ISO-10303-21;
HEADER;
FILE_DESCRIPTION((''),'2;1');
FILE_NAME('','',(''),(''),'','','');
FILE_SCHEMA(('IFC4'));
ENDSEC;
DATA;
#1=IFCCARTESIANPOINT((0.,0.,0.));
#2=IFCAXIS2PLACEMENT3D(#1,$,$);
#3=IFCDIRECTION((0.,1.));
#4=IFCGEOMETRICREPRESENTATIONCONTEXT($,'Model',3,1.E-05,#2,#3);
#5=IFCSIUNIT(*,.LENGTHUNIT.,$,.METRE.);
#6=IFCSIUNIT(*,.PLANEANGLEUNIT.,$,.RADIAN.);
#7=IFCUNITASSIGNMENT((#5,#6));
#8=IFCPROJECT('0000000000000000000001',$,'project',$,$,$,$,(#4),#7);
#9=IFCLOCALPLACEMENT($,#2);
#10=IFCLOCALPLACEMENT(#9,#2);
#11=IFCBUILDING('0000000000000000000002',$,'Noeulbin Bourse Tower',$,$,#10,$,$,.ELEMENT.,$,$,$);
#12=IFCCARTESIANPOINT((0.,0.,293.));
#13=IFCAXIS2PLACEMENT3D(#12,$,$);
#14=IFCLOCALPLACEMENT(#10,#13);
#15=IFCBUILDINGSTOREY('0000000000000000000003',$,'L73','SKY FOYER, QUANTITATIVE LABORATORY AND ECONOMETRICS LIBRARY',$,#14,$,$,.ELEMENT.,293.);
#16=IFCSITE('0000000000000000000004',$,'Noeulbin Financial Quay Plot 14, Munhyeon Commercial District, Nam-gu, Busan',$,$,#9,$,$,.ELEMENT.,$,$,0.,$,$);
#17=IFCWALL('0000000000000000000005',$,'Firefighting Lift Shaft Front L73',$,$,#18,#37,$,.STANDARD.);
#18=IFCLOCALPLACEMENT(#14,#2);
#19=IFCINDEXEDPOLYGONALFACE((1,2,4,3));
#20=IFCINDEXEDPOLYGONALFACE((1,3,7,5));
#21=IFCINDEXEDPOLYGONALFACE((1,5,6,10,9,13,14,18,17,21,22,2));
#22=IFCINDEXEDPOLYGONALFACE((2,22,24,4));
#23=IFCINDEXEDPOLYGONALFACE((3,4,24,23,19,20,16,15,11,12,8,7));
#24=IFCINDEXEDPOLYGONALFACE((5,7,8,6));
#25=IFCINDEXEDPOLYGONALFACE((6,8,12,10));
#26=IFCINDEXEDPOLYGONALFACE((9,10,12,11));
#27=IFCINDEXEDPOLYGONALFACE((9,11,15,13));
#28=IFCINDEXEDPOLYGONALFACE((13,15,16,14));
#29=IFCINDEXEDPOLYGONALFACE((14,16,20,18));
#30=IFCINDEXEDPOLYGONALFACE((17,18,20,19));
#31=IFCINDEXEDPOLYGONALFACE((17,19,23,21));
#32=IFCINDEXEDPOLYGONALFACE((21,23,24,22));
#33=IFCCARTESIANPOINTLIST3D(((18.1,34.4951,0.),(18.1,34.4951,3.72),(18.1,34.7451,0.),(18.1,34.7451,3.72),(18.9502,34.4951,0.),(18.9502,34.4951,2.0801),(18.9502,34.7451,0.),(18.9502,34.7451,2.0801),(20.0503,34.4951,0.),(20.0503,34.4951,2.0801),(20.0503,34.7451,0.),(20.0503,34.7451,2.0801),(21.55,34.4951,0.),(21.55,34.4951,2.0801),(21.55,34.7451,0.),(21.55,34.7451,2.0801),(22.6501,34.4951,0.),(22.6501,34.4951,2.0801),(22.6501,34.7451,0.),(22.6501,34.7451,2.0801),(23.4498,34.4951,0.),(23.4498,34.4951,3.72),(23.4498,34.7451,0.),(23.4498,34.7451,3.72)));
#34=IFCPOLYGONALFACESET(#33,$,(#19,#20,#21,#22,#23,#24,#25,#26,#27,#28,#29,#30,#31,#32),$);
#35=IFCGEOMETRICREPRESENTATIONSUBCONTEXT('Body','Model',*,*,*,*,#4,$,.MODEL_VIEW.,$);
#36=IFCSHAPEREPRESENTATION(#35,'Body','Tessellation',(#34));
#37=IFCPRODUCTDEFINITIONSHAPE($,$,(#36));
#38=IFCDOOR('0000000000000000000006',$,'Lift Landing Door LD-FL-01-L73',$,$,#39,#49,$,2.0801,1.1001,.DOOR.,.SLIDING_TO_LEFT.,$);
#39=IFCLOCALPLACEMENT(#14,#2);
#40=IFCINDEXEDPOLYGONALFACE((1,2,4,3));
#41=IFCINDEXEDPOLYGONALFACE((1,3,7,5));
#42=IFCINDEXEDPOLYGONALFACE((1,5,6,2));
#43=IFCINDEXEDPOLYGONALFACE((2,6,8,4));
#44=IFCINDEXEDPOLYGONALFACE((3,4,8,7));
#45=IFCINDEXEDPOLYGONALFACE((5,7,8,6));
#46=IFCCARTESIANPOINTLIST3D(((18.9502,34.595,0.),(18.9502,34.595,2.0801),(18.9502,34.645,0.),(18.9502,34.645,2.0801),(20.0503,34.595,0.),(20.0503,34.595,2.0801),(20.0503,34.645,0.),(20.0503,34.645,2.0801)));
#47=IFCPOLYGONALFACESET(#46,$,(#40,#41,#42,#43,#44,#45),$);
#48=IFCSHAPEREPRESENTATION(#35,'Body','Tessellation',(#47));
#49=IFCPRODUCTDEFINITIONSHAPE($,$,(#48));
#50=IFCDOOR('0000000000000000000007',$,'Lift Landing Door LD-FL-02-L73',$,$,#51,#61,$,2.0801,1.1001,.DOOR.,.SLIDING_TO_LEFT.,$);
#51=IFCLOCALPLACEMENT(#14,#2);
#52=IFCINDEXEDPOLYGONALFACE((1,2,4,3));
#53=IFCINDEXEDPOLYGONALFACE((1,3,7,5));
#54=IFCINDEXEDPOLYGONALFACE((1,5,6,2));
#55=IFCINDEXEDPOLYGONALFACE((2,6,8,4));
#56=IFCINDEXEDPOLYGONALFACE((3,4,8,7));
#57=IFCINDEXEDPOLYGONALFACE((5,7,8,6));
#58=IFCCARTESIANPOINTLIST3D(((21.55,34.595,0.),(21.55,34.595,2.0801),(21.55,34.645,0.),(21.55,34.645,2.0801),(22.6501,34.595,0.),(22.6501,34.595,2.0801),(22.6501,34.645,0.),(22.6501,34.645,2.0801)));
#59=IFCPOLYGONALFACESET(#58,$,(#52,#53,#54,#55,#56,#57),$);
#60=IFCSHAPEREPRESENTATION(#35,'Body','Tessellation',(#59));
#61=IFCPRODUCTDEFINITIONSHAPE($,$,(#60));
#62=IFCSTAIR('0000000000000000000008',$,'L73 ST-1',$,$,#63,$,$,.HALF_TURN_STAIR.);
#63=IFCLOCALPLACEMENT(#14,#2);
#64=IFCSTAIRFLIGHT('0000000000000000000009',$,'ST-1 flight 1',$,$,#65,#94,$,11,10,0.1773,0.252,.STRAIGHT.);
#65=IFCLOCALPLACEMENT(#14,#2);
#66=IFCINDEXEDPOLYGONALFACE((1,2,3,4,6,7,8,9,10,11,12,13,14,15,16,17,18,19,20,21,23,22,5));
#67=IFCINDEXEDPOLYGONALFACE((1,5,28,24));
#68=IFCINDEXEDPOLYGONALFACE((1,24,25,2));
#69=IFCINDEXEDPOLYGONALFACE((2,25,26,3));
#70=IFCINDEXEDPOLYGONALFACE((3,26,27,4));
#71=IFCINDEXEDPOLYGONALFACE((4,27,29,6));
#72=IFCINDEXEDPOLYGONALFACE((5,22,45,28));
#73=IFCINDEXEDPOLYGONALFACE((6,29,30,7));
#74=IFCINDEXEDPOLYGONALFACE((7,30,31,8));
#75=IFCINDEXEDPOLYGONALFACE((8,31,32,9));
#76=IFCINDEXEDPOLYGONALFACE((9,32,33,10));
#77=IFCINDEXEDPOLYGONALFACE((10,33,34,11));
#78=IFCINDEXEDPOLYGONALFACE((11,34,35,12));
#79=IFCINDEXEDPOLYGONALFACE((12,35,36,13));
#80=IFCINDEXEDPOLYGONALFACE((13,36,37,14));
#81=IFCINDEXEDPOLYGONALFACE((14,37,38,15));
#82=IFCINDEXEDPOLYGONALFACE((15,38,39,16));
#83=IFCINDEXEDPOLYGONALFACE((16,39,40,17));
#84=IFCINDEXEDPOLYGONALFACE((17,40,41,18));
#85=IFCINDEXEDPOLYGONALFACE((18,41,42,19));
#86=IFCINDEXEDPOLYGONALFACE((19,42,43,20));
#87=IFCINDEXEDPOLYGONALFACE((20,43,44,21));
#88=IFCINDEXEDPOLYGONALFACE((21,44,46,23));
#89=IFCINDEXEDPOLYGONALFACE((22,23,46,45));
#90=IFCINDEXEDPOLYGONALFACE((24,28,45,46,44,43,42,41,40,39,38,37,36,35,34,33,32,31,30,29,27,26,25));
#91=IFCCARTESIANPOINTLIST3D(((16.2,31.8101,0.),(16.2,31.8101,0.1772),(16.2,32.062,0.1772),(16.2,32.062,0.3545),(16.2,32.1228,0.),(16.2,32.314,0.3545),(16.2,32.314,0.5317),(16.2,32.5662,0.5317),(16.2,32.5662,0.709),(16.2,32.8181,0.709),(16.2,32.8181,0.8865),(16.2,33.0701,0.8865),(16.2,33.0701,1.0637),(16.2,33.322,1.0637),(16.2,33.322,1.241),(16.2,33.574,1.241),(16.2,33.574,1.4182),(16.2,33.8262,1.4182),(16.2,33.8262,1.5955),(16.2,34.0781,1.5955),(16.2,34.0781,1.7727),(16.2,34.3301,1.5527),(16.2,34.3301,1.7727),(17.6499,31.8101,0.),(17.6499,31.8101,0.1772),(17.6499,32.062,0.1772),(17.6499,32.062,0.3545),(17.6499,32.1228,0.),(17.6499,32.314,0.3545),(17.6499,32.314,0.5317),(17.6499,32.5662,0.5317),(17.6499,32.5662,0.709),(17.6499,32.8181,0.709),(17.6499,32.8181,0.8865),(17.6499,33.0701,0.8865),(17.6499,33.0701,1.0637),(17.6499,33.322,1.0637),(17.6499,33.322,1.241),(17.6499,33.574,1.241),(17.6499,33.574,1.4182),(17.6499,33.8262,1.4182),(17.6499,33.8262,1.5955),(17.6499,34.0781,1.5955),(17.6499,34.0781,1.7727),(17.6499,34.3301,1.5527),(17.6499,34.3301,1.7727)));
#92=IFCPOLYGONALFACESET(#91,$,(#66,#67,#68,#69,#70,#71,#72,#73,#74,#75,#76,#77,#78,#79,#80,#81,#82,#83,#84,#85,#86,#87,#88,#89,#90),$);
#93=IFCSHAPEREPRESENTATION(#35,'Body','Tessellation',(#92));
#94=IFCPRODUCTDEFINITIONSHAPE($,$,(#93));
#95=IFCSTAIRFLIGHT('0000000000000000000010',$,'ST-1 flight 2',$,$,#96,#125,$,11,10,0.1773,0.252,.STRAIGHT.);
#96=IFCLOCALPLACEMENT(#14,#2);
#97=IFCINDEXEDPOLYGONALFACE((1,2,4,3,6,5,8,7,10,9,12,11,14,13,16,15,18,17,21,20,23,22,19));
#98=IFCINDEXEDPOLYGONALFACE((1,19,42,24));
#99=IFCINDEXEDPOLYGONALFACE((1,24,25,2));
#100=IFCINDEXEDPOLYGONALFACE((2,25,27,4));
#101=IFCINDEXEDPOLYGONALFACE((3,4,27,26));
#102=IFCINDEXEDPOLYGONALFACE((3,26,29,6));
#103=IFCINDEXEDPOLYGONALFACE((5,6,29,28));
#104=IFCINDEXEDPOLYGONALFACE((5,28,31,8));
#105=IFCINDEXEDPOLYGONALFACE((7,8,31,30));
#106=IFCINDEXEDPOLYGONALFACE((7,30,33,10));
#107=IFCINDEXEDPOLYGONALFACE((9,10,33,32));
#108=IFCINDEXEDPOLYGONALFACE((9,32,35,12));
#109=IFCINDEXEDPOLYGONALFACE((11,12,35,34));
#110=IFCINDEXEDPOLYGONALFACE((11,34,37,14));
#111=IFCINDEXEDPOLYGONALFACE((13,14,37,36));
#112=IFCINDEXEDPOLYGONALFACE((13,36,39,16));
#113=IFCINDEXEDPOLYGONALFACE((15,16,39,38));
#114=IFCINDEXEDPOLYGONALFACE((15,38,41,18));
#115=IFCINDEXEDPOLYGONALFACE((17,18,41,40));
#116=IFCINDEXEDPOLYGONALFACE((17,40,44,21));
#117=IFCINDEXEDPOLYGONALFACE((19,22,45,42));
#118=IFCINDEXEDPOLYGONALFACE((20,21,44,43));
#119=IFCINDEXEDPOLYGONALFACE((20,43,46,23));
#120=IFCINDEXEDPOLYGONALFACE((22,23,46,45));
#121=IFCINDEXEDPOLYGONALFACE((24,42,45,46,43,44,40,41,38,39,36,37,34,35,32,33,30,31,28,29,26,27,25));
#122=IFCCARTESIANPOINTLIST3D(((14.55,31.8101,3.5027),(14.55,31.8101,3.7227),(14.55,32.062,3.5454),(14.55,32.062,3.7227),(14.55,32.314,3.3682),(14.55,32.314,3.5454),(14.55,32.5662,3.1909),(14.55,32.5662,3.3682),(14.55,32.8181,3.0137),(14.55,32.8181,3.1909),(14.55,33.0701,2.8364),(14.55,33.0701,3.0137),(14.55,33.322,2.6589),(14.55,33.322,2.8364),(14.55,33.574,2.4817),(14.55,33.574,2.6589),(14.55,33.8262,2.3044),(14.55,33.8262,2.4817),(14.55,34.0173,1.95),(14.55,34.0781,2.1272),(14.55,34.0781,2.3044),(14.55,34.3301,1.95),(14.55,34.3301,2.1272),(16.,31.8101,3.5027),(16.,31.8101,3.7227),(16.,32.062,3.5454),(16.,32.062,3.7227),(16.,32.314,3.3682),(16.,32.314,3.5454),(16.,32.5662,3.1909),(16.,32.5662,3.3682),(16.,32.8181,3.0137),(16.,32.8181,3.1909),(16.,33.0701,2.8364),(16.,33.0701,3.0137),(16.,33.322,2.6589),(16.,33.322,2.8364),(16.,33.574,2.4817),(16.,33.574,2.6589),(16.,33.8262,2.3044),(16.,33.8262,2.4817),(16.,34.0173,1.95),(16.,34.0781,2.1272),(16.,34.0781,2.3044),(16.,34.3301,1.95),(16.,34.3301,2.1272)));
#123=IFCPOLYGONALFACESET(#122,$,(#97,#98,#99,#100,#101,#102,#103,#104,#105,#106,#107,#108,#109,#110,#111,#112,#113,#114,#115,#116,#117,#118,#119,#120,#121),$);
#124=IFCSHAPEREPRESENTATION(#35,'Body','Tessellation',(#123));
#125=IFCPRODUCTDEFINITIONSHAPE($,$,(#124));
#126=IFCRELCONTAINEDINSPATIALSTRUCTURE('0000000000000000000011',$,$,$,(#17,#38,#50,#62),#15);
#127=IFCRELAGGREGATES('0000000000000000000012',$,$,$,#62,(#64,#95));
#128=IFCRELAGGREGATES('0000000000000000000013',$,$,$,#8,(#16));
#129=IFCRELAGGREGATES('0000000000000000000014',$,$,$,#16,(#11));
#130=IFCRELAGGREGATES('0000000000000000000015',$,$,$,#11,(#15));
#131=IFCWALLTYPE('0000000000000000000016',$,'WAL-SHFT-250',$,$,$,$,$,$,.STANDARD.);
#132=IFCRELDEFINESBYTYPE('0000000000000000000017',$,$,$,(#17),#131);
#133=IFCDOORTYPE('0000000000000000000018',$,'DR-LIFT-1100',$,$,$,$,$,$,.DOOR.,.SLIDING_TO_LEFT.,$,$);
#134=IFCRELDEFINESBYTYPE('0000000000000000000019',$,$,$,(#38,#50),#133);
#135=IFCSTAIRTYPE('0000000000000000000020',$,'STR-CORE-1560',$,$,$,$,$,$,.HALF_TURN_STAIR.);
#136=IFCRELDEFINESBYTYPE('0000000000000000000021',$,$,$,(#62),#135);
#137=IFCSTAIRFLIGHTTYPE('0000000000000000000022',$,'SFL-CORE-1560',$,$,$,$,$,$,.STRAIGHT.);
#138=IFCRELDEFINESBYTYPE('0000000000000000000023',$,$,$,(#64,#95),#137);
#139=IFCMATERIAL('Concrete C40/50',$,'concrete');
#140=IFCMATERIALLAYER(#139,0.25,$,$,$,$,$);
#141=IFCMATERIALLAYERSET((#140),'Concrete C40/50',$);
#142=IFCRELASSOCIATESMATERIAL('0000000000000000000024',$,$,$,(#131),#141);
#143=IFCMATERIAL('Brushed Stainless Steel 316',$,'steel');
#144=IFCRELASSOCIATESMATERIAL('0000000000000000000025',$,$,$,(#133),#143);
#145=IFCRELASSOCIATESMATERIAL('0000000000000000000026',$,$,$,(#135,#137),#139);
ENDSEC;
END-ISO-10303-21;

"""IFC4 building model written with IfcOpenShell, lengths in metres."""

from ifc_helpers import new_model, si_unit, direction, frame, frame_2d, origin, place, context, subcontext, project, spatial, polyline, rectangle, outline, extrude, material, layer, layer_set, type_object, element, fill, aggregate, save


model = new_model("IFC4")

# Units and contexts
model_context = context("Model", 3, precision=1e-05, world=origin(), true_north=direction((0.0, 1.0)))
body_context = subcontext(model_context, "Body", "Model", "MODEL_VIEW")
ifc_project = project(units=[si_unit("LENGTHUNIT", "METRE"), si_unit("PLANEANGLEUNIT", "RADIAN")], contexts=[model_context])

# Site, building, storey
site_placement = place(None, origin())
site = spatial("IfcSite", under=ifc_project, at=site_placement, Name="Noeulbin Financial Quay Plot 14, Munhyeon Commercial District, Nam-gu, Busan", CompositionType="ELEMENT", RefElevation=0.0)
building_placement = place(site_placement, origin())
building = spatial("IfcBuilding", under=site, at=building_placement, Name="Noeulbin Bourse Tower", CompositionType="ELEMENT")
storey_placement = place(building_placement, frame((0.0, 0.0, 293.0)))
storey = spatial("IfcBuildingStorey", under=building, at=storey_placement, Name="L73", Description="SKY FOYER, QUANTITATIVE LABORATORY AND ECONOMETRICS LIBRARY", CompositionType="ELEMENT", Elevation=293.0)

# Shared definitions
ifc_material_1 = material(Name="Concrete C40/50", Category="concrete")

# Shared definitions
ifc_layer_1 = layer(ifc_material_1, 0.25)
ifc_layer_set_1 = layer_set([ifc_layer_1], Name="Concrete C40/50")
wall_type_1 = type_object("IfcWallType", Name="WAL-SHFT-250", PredefinedType="STANDARD", material=ifc_layer_set_1)

# Wall, openings, doors
wall_1_placement = place(storey_placement, frame((18.1001, 34.6201, 0.0), z_axis=(0.0, 0.0, 1.0), x_axis=(1.0, 0.0, 0.0)))
wall_1 = element("IfcWall", 1, at=wall_1_placement, inside=storey, type_object=wall_type_1, Name="Firefighting Lift Shaft Front L73", PredefinedType="STANDARD", context=body_context, shape_type="SweptSolid", body=[
    extrude(rectangle(XDim=5.3499, YDim=0.25, at=frame_2d((2.6748, 0.0))), origin(), (0.0, 0.0, 1.0), 3.72),
])
opening_1_placement = place(wall_1_placement, frame((0.8501, 0.0, 0.0)))
opening_1 = element("IfcOpeningElement", 2, at=opening_1_placement, cuts=wall_1, PredefinedType="OPENING", context=body_context, shape_type="SweptSolid", body=[
    extrude(rectangle(XDim=1.1001, YDim=2.0801, at=frame_2d((0.55, 1.04))), frame((0.0, 0.135, 0.0), z_axis=(0.0, -1.0, 0.0), x_axis=(1.0, 0.0, 0.0)), (0.0, 0.0, 1.0), 0.27),
])
opening_2_placement = place(wall_1_placement, frame((3.45, 0.0, 0.0)))
opening_2 = element("IfcOpeningElement", 3, at=opening_2_placement, cuts=wall_1, PredefinedType="OPENING", context=body_context, shape_type="SweptSolid", body=[
    extrude(rectangle(XDim=1.1001, YDim=2.0801, at=frame_2d((0.55, 1.04))), frame((0.0, 0.135, 0.0), z_axis=(0.0, -1.0, 0.0), x_axis=(1.0, 0.0, 0.0)), (0.0, 0.0, 1.0), 0.27),
])
ifc_material_2 = material(Name="Brushed Stainless Steel 316", Category="steel")
door_type_1 = type_object("IfcDoorType", Name="DR-LIFT-1100", OperationType="SLIDING_TO_LEFT", PredefinedType="DOOR", material=ifc_material_2)
door_1_placement = place(opening_1_placement, origin())
door_1 = element("IfcDoor", 4, at=door_1_placement, inside=storey, type_object=door_type_1, Name="Lift Landing Door LD-FL-01-L73", OperationType="SLIDING_TO_LEFT", OverallHeight=2.0801, OverallWidth=1.1001, PredefinedType="DOOR", context=body_context, shape_type="SweptSolid", body=[
    extrude(rectangle(XDim=1.1001, YDim=2.0801, at=frame_2d((0.55, 1.04))), frame((0.0, 0.0249, 0.0), z_axis=(0.0, -1.0, 0.0), x_axis=(1.0, 0.0, 0.0)), (0.0, 0.0, 1.0), 0.05),
])
fill(opening_1, door_1)
door_2_placement = place(opening_2_placement, origin())
door_2 = element("IfcDoor", 5, at=door_2_placement, inside=storey, type_object=door_type_1, Name="Lift Landing Door LD-FL-02-L73", OperationType="SLIDING_TO_LEFT", OverallHeight=2.0801, OverallWidth=1.1001, PredefinedType="DOOR", context=body_context, shape_type="SweptSolid", body=[
    extrude(rectangle(XDim=1.1001, YDim=2.0801, at=frame_2d((0.55, 1.04))), frame((0.0, 0.0249, 0.0), z_axis=(0.0, -1.0, 0.0), x_axis=(1.0, 0.0, 0.0)), (0.0, 0.0, 1.0), 0.05),
])
fill(opening_2, door_2)

# Stair, stair flights
stair_type = type_object("IfcStairType", Name="STR-CORE-1560", PredefinedType="HALF_TURN_STAIR", material=ifc_material_1)
stair_placement = place(storey_placement, origin())
stair = element("IfcStair", 6, at=stair_placement, inside=storey, type_object=stair_type, Name="L73 ST-1", PredefinedType="HALF_TURN_STAIR")
stair_flight_type = type_object("IfcStairFlightType", Name="SFL-CORE-1560", PredefinedType="STRAIGHT", material=ifc_material_1)
stair_flight_1_placement = place(storey_placement, frame((16.925, 31.8101, 0.0), z_axis=(0.0, 0.0, 1.0), x_axis=(0.0, 1.0, 0.0)))
stair_flight_1 = element("IfcStairFlight", 7, at=stair_flight_1_placement, type_object=stair_flight_type, Name="ST-1 flight 1", NumberOfRisers=11, NumberOfTreads=10, PredefinedType="STRAIGHT", RiserHeight=0.1773, TreadLength=0.252, context=body_context, shape_type="SweptSolid", body=[
    extrude(outline(polyline([(0.0, 0.0), (0.0, 0.1772), (0.252, 0.1772), (0.252, 0.3545), (0.5039, 0.3545), (0.5039, 0.5317), (0.7561, 0.5317), (0.7561, 0.709), (1.0081, 0.709), (1.0081, 0.8865), (1.26, 0.8865), (1.26, 1.0637), (1.512, 1.0637), (1.512, 1.241), (1.7639, 1.241), (1.7639, 1.4182), (2.0161, 1.4182), (2.0161, 1.5955), (2.2681, 1.5955), (2.2681, 1.7727), (2.52, 1.7727), (2.52, 1.95), (2.52, 1.5527), (0.3127, 0.0), (0.0, 0.0)])), frame((0.0, 0.7251, 0.0), z_axis=(0.0, -1.0, 0.0), x_axis=(1.0, 0.0, 0.0)), (0.0, 0.0, 1.0), 1.45),
])
stair_flight_2_placement = place(storey_placement, frame((15.2749, 34.3301, 1.95), z_axis=(0.0, 0.0, 1.0), x_axis=(0.0, -1.0, 0.0)))
stair_flight_2 = element("IfcStairFlight", 8, at=stair_flight_2_placement, type_object=stair_flight_type, Name="ST-1 flight 2", NumberOfRisers=11, NumberOfTreads=10, PredefinedType="STRAIGHT", RiserHeight=0.1773, TreadLength=0.252, context=body_context, shape_type="SweptSolid", body=[
    extrude(outline(polyline([(0.0, 0.0), (0.0, 0.1772), (0.252, 0.1772), (0.252, 0.3545), (0.5039, 0.3545), (0.5039, 0.5317), (0.7561, 0.5317), (0.7561, 0.709), (1.0081, 0.709), (1.0081, 0.8865), (1.26, 0.8865), (1.26, 1.0637), (1.512, 1.0637), (1.512, 1.241), (1.7639, 1.241), (1.7639, 1.4182), (2.0161, 1.4182), (2.0161, 1.5955), (2.2681, 1.5955), (2.2681, 1.7727), (2.52, 1.7727), (2.52, 1.95), (2.52, 1.5527), (0.3127, 0.0), (0.0, 0.0)])), frame((0.0, 0.7251, 0.0), z_axis=(0.0, -1.0, 0.0), x_axis=(1.0, 0.0, 0.0)), (0.0, 0.0, 1.0), 1.45),
])
aggregate(stair, [stair_flight_1, stair_flight_2])

save(model, "model.ifc")
